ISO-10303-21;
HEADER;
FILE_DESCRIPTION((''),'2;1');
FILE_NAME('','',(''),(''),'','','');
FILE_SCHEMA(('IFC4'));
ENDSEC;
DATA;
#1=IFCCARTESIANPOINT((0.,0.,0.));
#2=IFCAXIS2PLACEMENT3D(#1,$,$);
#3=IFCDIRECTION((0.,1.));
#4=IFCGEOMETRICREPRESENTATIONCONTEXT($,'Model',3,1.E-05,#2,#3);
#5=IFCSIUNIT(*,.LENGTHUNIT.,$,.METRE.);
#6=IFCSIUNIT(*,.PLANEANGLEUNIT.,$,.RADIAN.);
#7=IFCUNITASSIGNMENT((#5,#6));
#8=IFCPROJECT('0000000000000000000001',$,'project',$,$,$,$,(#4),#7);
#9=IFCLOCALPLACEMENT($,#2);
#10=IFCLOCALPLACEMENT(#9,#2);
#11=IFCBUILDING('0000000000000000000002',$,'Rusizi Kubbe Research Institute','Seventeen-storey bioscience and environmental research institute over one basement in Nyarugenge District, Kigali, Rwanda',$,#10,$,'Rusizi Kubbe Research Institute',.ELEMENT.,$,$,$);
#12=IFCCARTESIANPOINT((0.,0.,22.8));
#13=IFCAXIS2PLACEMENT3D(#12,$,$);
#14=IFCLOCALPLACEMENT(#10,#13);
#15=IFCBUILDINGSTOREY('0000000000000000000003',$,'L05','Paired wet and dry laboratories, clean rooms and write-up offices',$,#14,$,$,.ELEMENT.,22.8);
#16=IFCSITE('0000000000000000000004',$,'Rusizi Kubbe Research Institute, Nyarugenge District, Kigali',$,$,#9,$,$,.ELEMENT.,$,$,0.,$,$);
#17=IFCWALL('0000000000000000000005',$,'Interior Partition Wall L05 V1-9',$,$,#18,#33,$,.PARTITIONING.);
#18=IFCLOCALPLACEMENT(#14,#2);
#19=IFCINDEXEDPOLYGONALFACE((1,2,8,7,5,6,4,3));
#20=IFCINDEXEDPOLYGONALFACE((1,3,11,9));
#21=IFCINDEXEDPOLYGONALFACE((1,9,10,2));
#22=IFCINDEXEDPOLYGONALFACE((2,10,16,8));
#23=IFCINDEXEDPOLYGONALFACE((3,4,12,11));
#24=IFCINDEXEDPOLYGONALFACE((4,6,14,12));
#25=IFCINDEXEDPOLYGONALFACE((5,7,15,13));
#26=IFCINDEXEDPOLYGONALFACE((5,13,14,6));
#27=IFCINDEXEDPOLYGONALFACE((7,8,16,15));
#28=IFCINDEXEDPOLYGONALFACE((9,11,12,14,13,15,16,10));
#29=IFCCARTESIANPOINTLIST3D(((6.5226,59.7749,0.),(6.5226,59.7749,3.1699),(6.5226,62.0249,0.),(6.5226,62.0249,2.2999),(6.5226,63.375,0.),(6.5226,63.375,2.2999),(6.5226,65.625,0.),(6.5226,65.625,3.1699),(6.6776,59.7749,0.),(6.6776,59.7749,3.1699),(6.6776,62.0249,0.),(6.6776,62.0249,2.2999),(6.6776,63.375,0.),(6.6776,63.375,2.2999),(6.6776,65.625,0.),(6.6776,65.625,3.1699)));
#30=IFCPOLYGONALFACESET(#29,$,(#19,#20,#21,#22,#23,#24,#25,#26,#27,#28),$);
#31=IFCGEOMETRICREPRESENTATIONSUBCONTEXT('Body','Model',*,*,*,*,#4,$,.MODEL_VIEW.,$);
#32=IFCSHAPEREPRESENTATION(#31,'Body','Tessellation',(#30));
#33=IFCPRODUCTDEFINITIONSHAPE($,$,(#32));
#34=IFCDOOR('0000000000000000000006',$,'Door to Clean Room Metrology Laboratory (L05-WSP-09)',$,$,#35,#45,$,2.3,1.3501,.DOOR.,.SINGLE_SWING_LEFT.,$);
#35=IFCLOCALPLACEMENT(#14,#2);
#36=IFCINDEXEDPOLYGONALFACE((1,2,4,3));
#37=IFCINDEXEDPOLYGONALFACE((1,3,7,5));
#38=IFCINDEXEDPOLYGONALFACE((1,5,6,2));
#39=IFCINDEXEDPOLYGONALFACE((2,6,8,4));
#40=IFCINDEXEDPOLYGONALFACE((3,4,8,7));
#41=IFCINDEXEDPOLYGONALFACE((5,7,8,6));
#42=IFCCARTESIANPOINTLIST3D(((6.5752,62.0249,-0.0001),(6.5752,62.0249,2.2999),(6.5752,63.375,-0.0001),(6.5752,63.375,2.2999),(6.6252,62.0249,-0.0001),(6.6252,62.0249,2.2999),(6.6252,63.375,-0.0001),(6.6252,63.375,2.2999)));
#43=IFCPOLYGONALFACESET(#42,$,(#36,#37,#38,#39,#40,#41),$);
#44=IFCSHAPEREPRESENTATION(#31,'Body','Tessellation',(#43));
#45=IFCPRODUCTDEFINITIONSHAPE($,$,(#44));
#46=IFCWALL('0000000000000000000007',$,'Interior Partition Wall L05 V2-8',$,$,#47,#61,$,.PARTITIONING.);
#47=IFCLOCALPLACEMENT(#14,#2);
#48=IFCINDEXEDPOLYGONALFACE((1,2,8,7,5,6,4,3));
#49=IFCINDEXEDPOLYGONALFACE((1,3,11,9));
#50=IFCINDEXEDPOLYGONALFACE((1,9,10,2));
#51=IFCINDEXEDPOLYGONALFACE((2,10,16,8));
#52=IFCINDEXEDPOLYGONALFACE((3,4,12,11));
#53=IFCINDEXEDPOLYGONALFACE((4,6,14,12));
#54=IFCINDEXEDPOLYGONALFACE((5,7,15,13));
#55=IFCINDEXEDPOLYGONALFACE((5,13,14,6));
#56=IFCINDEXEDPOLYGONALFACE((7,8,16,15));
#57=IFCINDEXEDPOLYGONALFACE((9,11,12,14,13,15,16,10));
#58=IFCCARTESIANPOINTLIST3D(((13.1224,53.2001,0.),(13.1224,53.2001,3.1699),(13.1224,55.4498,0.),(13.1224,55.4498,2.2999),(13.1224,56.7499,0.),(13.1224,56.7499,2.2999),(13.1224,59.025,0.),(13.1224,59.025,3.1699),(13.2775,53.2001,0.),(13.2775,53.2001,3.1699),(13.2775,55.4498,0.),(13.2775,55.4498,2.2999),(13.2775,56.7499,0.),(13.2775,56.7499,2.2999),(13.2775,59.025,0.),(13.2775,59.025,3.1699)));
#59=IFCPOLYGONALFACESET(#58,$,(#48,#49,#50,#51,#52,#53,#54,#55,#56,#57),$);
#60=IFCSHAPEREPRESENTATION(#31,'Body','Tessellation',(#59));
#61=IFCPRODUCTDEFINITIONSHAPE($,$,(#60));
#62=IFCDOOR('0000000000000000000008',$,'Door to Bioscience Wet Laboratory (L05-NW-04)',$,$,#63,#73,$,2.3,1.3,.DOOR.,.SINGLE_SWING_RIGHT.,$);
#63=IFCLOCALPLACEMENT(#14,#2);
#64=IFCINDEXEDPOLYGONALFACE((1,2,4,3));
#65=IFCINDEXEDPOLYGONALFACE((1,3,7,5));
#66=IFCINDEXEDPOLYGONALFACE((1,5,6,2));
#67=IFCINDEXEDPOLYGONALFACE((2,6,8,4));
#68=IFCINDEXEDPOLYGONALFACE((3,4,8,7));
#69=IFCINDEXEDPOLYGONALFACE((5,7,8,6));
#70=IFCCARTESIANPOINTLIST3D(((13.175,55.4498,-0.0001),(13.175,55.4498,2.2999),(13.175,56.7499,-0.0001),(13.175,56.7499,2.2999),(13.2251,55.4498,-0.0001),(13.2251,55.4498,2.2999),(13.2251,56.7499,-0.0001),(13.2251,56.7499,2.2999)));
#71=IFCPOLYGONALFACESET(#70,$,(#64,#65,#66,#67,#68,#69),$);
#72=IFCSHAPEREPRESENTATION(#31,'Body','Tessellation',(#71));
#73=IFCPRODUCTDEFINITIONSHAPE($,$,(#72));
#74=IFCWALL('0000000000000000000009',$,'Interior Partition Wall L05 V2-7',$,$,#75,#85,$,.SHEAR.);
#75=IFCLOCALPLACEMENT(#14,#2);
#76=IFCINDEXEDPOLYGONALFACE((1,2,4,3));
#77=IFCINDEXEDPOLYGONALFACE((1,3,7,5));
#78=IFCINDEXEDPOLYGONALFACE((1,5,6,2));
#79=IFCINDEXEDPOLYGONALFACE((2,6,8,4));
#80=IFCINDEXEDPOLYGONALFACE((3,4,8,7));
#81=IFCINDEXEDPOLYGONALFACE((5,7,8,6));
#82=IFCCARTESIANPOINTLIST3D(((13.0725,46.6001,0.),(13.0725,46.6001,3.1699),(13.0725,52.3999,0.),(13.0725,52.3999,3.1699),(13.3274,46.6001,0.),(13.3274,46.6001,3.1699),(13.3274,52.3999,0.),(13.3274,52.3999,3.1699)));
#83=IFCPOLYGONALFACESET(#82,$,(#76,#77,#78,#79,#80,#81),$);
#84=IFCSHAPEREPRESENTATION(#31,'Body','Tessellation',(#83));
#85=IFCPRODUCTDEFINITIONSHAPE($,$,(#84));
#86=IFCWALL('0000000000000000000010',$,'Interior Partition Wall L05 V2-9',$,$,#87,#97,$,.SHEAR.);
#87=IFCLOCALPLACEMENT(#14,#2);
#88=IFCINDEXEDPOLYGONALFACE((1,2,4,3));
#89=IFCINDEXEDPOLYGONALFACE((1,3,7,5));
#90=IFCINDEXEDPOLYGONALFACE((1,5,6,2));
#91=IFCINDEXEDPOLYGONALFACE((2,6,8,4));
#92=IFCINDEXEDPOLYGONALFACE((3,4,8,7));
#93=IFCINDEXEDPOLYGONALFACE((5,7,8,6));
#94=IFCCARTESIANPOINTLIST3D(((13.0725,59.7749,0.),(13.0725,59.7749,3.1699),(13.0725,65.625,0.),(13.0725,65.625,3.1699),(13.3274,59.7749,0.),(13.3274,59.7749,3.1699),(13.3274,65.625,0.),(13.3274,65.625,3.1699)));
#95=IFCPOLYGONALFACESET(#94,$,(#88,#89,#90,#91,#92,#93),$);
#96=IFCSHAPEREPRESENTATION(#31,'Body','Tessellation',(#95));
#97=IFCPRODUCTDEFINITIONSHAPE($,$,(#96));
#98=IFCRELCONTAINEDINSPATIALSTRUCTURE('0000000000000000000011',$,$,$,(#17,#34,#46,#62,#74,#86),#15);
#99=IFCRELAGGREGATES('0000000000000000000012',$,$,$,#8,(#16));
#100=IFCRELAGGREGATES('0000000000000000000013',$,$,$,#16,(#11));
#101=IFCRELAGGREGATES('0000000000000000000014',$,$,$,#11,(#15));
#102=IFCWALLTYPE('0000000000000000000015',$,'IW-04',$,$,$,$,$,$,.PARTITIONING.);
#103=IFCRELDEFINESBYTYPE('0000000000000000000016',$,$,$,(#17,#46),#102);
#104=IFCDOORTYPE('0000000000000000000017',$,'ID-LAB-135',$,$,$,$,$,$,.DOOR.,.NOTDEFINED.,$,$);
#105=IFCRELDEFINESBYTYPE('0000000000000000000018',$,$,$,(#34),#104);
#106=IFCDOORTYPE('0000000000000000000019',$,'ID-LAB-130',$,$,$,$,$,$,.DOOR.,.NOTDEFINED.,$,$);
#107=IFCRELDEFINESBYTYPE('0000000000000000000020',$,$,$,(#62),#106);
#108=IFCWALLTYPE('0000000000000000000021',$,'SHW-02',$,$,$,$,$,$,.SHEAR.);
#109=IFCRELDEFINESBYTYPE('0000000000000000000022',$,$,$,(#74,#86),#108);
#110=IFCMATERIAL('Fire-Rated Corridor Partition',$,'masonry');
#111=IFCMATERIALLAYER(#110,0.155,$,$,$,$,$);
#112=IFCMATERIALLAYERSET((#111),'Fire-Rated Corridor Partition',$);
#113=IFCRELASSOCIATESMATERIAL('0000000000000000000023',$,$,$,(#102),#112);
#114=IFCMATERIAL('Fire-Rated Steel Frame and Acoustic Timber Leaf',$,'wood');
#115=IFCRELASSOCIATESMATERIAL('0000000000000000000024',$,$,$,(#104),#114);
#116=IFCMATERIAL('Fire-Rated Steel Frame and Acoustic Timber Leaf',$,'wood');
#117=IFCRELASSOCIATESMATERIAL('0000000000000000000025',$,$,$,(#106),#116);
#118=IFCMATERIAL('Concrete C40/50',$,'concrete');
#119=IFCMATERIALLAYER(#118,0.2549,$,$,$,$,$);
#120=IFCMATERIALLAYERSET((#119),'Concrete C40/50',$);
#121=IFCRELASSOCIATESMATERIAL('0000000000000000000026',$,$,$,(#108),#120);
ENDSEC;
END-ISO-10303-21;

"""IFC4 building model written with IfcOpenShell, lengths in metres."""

from ifc_helpers import new_model, si_unit, direction, frame, frame_2d, origin, place, context, subcontext, project, spatial, rectangle, extrude, material, layer, layer_set, type_object, element, fill, save


model = new_model("IFC4")

# Units and contexts
model_context = context("Model", 3, precision=1e-05, world=origin(), true_north=direction((0.0, 1.0)))
body_context = subcontext(model_context, "Body", "Model", "MODEL_VIEW")
ifc_project = project(units=[si_unit("LENGTHUNIT", "METRE"), si_unit("PLANEANGLEUNIT", "RADIAN")], contexts=[model_context])

# Site, building, storey
site_placement = place(None, origin())
site = spatial("IfcSite", under=ifc_project, at=site_placement, Name="Rusizi Kubbe Research Institute, Nyarugenge District, Kigali", CompositionType="ELEMENT", RefElevation=0.0)
building_placement = place(site_placement, origin())
building = spatial("IfcBuilding", under=site, at=building_placement, Name="Rusizi Kubbe Research Institute", Description="Seventeen-storey bioscience and environmental research institute over one basement in Nyarugenge District, Kigali, Rwanda", LongName="Rusizi Kubbe Research Institute", CompositionType="ELEMENT")
storey_placement = place(building_placement, frame((0.0, 0.0, 22.8)))
storey = spatial("IfcBuildingStorey", under=building, at=storey_placement, Name="L05", Description="Paired wet and dry laboratories, clean rooms and write-up offices", CompositionType="ELEMENT", Elevation=22.8)

# Walls, openings, doors
ifc_material_1 = material(Name="Fire-Rated Corridor Partition", Category="masonry")
ifc_layer_1 = layer(ifc_material_1, 0.155)
ifc_layer_set_1 = layer_set([ifc_layer_1], Name="Fire-Rated Corridor Partition")
wall_type_1 = type_object("IfcWallType", Name="IW-04", PredefinedType="PARTITIONING", material=ifc_layer_set_1)
wall_1_placement = place(storey_placement, frame((6.6001, 59.7749, 0.0), z_axis=(0.0, 0.0, 1.0), x_axis=(0.0, 1.0, 0.0)))
wall_1 = element("IfcWall", 1, at=wall_1_placement, inside=storey, type_object=wall_type_1, Name="Interior Partition Wall L05 V1-9", PredefinedType="PARTITIONING", context=body_context, shape_type="SweptSolid", body=[
    extrude(rectangle(XDim=5.8501, YDim=0.155, at=frame_2d((2.925, 0.0))), origin(), (0.0, 0.0, 1.0), 3.1699),
])
opening_1_placement = place(wall_1_placement, frame((2.25, 0.0, 0.0)))
opening_1 = element("IfcOpeningElement", 2, at=opening_1_placement, cuts=wall_1, PredefinedType="OPENING", context=body_context, shape_type="SweptSolid", body=[
    extrude(rectangle(XDim=1.3501, YDim=2.3, at=frame_2d((0.675, 1.1499))), frame((0.0, 0.0874, 0.0), z_axis=(0.0, -1.0, 0.0), x_axis=(1.0, 0.0, 0.0)), (0.0, 0.0, 1.0), 0.175),
])
ifc_material_2 = material(Name="Fire-Rated Steel Frame and Acoustic Timber Leaf", Category="wood")
door_type_1 = type_object("IfcDoorType", Name="ID-LAB-135", OperationType="NOTDEFINED", PredefinedType="DOOR", material=ifc_material_2)
door_1_placement = place(opening_1_placement, origin())
door_1 = element("IfcDoor", 3, at=door_1_placement, inside=storey, type_object=door_type_1, Name="Door to Clean Room Metrology Laboratory (L05-WSP-09)", OperationType="SINGLE_SWING_LEFT", OverallHeight=2.3, OverallWidth=1.3501, PredefinedType="DOOR", context=body_context, shape_type="SweptSolid", body=[
    extrude(rectangle(XDim=1.3501, YDim=2.3, at=frame_2d((0.675, 1.1499))), frame((0.0, 0.0249, 0.0), z_axis=(0.0, -1.0, 0.0), x_axis=(1.0, 0.0, 0.0)), (0.0, 0.0, 1.0), 0.05),
])
fill(opening_1, door_1)
wall_2_placement = place(storey_placement, frame((13.2, 53.2, 0.0), z_axis=(0.0, 0.0, 1.0), x_axis=(0.0, 1.0, 0.0)))
wall_2 = element("IfcWall", 4, at=wall_2_placement, inside=storey, type_object=wall_type_1, Name="Interior Partition Wall L05 V2-8", PredefinedType="PARTITIONING", context=body_context, shape_type="SweptSolid", body=[
    extrude(rectangle(XDim=5.825, YDim=0.155, at=frame_2d((2.9126, 0.0))), origin(), (0.0, 0.0, 1.0), 3.1699),
])
opening_2_placement = place(wall_2_placement, frame((2.25, 0.0, 0.0)))
opening_2 = element("IfcOpeningElement", 5, at=opening_2_placement, cuts=wall_2, PredefinedType="OPENING", context=body_context, shape_type="SweptSolid", body=[
    extrude(rectangle(XDim=1.3, YDim=2.3, at=frame_2d((0.6499, 1.1499))), frame((0.0, 0.0874, 0.0), z_axis=(0.0, -1.0, 0.0), x_axis=(1.0, 0.0, 0.0)), (0.0, 0.0, 1.0), 0.175),
])
ifc_material_3 = material(Name="Fire-Rated Steel Frame and Acoustic Timber Leaf", Category="wood")
door_type_2 = type_object("IfcDoorType", Name="ID-LAB-130", OperationType="NOTDEFINED", PredefinedType="DOOR", material=ifc_material_3)
door_2_placement = place(opening_2_placement, origin())
door_2 = element("IfcDoor", 6, at=door_2_placement, inside=storey, type_object=door_type_2, Name="Door to Bioscience Wet Laboratory (L05-NW-04)", OperationType="SINGLE_SWING_RIGHT", OverallHeight=2.3, OverallWidth=1.3, PredefinedType="DOOR", context=body_context, shape_type="SweptSolid", body=[
    extrude(rectangle(XDim=1.3, YDim=2.3, at=frame_2d((0.6499, 1.1499))), frame((0.0, 0.0249, 0.0), z_axis=(0.0, -1.0, 0.0), x_axis=(1.0, 0.0, 0.0)), (0.0, 0.0, 1.0), 0.05),
])
fill(opening_2, door_2)

# Walls
ifc_material_4 = material(Name="Concrete C40/50", Category="concrete")
ifc_layer_2 = layer(ifc_material_4, 0.2549)
ifc_layer_set_2 = layer_set([ifc_layer_2], Name="Concrete C40/50")
wall_type_2 = type_object("IfcWallType", Name="SHW-02", PredefinedType="SHEAR", material=ifc_layer_set_2)
wall_3_placement = place(storey_placement, frame((13.2, 46.6001, 0.0), z_axis=(0.0, 0.0, 1.0), x_axis=(0.0, 1.0, 0.0)))
element("IfcWall", 7, at=wall_3_placement, inside=storey, type_object=wall_type_2, Name="Interior Partition Wall L05 V2-7", PredefinedType="SHEAR", context=body_context, shape_type="SweptSolid", body=[
    extrude(rectangle(XDim=5.7998, YDim=0.2549, at=frame_2d((2.8999, 0.0))), origin(), (0.0, 0.0, 1.0), 3.1699),
])
wall_4_placement = place(storey_placement, frame((13.2, 59.7749, 0.0), z_axis=(0.0, 0.0, 1.0), x_axis=(0.0, 1.0, 0.0)))
element("IfcWall", 8, at=wall_4_placement, inside=storey, type_object=wall_type_2, Name="Interior Partition Wall L05 V2-9", PredefinedType="SHEAR", context=body_context, shape_type="SweptSolid", body=[
    extrude(rectangle(XDim=5.8501, YDim=0.2549, at=frame_2d((2.925, 0.0))), origin(), (0.0, 0.0, 1.0), 3.1699),
])

save(model, "model.ifc")
